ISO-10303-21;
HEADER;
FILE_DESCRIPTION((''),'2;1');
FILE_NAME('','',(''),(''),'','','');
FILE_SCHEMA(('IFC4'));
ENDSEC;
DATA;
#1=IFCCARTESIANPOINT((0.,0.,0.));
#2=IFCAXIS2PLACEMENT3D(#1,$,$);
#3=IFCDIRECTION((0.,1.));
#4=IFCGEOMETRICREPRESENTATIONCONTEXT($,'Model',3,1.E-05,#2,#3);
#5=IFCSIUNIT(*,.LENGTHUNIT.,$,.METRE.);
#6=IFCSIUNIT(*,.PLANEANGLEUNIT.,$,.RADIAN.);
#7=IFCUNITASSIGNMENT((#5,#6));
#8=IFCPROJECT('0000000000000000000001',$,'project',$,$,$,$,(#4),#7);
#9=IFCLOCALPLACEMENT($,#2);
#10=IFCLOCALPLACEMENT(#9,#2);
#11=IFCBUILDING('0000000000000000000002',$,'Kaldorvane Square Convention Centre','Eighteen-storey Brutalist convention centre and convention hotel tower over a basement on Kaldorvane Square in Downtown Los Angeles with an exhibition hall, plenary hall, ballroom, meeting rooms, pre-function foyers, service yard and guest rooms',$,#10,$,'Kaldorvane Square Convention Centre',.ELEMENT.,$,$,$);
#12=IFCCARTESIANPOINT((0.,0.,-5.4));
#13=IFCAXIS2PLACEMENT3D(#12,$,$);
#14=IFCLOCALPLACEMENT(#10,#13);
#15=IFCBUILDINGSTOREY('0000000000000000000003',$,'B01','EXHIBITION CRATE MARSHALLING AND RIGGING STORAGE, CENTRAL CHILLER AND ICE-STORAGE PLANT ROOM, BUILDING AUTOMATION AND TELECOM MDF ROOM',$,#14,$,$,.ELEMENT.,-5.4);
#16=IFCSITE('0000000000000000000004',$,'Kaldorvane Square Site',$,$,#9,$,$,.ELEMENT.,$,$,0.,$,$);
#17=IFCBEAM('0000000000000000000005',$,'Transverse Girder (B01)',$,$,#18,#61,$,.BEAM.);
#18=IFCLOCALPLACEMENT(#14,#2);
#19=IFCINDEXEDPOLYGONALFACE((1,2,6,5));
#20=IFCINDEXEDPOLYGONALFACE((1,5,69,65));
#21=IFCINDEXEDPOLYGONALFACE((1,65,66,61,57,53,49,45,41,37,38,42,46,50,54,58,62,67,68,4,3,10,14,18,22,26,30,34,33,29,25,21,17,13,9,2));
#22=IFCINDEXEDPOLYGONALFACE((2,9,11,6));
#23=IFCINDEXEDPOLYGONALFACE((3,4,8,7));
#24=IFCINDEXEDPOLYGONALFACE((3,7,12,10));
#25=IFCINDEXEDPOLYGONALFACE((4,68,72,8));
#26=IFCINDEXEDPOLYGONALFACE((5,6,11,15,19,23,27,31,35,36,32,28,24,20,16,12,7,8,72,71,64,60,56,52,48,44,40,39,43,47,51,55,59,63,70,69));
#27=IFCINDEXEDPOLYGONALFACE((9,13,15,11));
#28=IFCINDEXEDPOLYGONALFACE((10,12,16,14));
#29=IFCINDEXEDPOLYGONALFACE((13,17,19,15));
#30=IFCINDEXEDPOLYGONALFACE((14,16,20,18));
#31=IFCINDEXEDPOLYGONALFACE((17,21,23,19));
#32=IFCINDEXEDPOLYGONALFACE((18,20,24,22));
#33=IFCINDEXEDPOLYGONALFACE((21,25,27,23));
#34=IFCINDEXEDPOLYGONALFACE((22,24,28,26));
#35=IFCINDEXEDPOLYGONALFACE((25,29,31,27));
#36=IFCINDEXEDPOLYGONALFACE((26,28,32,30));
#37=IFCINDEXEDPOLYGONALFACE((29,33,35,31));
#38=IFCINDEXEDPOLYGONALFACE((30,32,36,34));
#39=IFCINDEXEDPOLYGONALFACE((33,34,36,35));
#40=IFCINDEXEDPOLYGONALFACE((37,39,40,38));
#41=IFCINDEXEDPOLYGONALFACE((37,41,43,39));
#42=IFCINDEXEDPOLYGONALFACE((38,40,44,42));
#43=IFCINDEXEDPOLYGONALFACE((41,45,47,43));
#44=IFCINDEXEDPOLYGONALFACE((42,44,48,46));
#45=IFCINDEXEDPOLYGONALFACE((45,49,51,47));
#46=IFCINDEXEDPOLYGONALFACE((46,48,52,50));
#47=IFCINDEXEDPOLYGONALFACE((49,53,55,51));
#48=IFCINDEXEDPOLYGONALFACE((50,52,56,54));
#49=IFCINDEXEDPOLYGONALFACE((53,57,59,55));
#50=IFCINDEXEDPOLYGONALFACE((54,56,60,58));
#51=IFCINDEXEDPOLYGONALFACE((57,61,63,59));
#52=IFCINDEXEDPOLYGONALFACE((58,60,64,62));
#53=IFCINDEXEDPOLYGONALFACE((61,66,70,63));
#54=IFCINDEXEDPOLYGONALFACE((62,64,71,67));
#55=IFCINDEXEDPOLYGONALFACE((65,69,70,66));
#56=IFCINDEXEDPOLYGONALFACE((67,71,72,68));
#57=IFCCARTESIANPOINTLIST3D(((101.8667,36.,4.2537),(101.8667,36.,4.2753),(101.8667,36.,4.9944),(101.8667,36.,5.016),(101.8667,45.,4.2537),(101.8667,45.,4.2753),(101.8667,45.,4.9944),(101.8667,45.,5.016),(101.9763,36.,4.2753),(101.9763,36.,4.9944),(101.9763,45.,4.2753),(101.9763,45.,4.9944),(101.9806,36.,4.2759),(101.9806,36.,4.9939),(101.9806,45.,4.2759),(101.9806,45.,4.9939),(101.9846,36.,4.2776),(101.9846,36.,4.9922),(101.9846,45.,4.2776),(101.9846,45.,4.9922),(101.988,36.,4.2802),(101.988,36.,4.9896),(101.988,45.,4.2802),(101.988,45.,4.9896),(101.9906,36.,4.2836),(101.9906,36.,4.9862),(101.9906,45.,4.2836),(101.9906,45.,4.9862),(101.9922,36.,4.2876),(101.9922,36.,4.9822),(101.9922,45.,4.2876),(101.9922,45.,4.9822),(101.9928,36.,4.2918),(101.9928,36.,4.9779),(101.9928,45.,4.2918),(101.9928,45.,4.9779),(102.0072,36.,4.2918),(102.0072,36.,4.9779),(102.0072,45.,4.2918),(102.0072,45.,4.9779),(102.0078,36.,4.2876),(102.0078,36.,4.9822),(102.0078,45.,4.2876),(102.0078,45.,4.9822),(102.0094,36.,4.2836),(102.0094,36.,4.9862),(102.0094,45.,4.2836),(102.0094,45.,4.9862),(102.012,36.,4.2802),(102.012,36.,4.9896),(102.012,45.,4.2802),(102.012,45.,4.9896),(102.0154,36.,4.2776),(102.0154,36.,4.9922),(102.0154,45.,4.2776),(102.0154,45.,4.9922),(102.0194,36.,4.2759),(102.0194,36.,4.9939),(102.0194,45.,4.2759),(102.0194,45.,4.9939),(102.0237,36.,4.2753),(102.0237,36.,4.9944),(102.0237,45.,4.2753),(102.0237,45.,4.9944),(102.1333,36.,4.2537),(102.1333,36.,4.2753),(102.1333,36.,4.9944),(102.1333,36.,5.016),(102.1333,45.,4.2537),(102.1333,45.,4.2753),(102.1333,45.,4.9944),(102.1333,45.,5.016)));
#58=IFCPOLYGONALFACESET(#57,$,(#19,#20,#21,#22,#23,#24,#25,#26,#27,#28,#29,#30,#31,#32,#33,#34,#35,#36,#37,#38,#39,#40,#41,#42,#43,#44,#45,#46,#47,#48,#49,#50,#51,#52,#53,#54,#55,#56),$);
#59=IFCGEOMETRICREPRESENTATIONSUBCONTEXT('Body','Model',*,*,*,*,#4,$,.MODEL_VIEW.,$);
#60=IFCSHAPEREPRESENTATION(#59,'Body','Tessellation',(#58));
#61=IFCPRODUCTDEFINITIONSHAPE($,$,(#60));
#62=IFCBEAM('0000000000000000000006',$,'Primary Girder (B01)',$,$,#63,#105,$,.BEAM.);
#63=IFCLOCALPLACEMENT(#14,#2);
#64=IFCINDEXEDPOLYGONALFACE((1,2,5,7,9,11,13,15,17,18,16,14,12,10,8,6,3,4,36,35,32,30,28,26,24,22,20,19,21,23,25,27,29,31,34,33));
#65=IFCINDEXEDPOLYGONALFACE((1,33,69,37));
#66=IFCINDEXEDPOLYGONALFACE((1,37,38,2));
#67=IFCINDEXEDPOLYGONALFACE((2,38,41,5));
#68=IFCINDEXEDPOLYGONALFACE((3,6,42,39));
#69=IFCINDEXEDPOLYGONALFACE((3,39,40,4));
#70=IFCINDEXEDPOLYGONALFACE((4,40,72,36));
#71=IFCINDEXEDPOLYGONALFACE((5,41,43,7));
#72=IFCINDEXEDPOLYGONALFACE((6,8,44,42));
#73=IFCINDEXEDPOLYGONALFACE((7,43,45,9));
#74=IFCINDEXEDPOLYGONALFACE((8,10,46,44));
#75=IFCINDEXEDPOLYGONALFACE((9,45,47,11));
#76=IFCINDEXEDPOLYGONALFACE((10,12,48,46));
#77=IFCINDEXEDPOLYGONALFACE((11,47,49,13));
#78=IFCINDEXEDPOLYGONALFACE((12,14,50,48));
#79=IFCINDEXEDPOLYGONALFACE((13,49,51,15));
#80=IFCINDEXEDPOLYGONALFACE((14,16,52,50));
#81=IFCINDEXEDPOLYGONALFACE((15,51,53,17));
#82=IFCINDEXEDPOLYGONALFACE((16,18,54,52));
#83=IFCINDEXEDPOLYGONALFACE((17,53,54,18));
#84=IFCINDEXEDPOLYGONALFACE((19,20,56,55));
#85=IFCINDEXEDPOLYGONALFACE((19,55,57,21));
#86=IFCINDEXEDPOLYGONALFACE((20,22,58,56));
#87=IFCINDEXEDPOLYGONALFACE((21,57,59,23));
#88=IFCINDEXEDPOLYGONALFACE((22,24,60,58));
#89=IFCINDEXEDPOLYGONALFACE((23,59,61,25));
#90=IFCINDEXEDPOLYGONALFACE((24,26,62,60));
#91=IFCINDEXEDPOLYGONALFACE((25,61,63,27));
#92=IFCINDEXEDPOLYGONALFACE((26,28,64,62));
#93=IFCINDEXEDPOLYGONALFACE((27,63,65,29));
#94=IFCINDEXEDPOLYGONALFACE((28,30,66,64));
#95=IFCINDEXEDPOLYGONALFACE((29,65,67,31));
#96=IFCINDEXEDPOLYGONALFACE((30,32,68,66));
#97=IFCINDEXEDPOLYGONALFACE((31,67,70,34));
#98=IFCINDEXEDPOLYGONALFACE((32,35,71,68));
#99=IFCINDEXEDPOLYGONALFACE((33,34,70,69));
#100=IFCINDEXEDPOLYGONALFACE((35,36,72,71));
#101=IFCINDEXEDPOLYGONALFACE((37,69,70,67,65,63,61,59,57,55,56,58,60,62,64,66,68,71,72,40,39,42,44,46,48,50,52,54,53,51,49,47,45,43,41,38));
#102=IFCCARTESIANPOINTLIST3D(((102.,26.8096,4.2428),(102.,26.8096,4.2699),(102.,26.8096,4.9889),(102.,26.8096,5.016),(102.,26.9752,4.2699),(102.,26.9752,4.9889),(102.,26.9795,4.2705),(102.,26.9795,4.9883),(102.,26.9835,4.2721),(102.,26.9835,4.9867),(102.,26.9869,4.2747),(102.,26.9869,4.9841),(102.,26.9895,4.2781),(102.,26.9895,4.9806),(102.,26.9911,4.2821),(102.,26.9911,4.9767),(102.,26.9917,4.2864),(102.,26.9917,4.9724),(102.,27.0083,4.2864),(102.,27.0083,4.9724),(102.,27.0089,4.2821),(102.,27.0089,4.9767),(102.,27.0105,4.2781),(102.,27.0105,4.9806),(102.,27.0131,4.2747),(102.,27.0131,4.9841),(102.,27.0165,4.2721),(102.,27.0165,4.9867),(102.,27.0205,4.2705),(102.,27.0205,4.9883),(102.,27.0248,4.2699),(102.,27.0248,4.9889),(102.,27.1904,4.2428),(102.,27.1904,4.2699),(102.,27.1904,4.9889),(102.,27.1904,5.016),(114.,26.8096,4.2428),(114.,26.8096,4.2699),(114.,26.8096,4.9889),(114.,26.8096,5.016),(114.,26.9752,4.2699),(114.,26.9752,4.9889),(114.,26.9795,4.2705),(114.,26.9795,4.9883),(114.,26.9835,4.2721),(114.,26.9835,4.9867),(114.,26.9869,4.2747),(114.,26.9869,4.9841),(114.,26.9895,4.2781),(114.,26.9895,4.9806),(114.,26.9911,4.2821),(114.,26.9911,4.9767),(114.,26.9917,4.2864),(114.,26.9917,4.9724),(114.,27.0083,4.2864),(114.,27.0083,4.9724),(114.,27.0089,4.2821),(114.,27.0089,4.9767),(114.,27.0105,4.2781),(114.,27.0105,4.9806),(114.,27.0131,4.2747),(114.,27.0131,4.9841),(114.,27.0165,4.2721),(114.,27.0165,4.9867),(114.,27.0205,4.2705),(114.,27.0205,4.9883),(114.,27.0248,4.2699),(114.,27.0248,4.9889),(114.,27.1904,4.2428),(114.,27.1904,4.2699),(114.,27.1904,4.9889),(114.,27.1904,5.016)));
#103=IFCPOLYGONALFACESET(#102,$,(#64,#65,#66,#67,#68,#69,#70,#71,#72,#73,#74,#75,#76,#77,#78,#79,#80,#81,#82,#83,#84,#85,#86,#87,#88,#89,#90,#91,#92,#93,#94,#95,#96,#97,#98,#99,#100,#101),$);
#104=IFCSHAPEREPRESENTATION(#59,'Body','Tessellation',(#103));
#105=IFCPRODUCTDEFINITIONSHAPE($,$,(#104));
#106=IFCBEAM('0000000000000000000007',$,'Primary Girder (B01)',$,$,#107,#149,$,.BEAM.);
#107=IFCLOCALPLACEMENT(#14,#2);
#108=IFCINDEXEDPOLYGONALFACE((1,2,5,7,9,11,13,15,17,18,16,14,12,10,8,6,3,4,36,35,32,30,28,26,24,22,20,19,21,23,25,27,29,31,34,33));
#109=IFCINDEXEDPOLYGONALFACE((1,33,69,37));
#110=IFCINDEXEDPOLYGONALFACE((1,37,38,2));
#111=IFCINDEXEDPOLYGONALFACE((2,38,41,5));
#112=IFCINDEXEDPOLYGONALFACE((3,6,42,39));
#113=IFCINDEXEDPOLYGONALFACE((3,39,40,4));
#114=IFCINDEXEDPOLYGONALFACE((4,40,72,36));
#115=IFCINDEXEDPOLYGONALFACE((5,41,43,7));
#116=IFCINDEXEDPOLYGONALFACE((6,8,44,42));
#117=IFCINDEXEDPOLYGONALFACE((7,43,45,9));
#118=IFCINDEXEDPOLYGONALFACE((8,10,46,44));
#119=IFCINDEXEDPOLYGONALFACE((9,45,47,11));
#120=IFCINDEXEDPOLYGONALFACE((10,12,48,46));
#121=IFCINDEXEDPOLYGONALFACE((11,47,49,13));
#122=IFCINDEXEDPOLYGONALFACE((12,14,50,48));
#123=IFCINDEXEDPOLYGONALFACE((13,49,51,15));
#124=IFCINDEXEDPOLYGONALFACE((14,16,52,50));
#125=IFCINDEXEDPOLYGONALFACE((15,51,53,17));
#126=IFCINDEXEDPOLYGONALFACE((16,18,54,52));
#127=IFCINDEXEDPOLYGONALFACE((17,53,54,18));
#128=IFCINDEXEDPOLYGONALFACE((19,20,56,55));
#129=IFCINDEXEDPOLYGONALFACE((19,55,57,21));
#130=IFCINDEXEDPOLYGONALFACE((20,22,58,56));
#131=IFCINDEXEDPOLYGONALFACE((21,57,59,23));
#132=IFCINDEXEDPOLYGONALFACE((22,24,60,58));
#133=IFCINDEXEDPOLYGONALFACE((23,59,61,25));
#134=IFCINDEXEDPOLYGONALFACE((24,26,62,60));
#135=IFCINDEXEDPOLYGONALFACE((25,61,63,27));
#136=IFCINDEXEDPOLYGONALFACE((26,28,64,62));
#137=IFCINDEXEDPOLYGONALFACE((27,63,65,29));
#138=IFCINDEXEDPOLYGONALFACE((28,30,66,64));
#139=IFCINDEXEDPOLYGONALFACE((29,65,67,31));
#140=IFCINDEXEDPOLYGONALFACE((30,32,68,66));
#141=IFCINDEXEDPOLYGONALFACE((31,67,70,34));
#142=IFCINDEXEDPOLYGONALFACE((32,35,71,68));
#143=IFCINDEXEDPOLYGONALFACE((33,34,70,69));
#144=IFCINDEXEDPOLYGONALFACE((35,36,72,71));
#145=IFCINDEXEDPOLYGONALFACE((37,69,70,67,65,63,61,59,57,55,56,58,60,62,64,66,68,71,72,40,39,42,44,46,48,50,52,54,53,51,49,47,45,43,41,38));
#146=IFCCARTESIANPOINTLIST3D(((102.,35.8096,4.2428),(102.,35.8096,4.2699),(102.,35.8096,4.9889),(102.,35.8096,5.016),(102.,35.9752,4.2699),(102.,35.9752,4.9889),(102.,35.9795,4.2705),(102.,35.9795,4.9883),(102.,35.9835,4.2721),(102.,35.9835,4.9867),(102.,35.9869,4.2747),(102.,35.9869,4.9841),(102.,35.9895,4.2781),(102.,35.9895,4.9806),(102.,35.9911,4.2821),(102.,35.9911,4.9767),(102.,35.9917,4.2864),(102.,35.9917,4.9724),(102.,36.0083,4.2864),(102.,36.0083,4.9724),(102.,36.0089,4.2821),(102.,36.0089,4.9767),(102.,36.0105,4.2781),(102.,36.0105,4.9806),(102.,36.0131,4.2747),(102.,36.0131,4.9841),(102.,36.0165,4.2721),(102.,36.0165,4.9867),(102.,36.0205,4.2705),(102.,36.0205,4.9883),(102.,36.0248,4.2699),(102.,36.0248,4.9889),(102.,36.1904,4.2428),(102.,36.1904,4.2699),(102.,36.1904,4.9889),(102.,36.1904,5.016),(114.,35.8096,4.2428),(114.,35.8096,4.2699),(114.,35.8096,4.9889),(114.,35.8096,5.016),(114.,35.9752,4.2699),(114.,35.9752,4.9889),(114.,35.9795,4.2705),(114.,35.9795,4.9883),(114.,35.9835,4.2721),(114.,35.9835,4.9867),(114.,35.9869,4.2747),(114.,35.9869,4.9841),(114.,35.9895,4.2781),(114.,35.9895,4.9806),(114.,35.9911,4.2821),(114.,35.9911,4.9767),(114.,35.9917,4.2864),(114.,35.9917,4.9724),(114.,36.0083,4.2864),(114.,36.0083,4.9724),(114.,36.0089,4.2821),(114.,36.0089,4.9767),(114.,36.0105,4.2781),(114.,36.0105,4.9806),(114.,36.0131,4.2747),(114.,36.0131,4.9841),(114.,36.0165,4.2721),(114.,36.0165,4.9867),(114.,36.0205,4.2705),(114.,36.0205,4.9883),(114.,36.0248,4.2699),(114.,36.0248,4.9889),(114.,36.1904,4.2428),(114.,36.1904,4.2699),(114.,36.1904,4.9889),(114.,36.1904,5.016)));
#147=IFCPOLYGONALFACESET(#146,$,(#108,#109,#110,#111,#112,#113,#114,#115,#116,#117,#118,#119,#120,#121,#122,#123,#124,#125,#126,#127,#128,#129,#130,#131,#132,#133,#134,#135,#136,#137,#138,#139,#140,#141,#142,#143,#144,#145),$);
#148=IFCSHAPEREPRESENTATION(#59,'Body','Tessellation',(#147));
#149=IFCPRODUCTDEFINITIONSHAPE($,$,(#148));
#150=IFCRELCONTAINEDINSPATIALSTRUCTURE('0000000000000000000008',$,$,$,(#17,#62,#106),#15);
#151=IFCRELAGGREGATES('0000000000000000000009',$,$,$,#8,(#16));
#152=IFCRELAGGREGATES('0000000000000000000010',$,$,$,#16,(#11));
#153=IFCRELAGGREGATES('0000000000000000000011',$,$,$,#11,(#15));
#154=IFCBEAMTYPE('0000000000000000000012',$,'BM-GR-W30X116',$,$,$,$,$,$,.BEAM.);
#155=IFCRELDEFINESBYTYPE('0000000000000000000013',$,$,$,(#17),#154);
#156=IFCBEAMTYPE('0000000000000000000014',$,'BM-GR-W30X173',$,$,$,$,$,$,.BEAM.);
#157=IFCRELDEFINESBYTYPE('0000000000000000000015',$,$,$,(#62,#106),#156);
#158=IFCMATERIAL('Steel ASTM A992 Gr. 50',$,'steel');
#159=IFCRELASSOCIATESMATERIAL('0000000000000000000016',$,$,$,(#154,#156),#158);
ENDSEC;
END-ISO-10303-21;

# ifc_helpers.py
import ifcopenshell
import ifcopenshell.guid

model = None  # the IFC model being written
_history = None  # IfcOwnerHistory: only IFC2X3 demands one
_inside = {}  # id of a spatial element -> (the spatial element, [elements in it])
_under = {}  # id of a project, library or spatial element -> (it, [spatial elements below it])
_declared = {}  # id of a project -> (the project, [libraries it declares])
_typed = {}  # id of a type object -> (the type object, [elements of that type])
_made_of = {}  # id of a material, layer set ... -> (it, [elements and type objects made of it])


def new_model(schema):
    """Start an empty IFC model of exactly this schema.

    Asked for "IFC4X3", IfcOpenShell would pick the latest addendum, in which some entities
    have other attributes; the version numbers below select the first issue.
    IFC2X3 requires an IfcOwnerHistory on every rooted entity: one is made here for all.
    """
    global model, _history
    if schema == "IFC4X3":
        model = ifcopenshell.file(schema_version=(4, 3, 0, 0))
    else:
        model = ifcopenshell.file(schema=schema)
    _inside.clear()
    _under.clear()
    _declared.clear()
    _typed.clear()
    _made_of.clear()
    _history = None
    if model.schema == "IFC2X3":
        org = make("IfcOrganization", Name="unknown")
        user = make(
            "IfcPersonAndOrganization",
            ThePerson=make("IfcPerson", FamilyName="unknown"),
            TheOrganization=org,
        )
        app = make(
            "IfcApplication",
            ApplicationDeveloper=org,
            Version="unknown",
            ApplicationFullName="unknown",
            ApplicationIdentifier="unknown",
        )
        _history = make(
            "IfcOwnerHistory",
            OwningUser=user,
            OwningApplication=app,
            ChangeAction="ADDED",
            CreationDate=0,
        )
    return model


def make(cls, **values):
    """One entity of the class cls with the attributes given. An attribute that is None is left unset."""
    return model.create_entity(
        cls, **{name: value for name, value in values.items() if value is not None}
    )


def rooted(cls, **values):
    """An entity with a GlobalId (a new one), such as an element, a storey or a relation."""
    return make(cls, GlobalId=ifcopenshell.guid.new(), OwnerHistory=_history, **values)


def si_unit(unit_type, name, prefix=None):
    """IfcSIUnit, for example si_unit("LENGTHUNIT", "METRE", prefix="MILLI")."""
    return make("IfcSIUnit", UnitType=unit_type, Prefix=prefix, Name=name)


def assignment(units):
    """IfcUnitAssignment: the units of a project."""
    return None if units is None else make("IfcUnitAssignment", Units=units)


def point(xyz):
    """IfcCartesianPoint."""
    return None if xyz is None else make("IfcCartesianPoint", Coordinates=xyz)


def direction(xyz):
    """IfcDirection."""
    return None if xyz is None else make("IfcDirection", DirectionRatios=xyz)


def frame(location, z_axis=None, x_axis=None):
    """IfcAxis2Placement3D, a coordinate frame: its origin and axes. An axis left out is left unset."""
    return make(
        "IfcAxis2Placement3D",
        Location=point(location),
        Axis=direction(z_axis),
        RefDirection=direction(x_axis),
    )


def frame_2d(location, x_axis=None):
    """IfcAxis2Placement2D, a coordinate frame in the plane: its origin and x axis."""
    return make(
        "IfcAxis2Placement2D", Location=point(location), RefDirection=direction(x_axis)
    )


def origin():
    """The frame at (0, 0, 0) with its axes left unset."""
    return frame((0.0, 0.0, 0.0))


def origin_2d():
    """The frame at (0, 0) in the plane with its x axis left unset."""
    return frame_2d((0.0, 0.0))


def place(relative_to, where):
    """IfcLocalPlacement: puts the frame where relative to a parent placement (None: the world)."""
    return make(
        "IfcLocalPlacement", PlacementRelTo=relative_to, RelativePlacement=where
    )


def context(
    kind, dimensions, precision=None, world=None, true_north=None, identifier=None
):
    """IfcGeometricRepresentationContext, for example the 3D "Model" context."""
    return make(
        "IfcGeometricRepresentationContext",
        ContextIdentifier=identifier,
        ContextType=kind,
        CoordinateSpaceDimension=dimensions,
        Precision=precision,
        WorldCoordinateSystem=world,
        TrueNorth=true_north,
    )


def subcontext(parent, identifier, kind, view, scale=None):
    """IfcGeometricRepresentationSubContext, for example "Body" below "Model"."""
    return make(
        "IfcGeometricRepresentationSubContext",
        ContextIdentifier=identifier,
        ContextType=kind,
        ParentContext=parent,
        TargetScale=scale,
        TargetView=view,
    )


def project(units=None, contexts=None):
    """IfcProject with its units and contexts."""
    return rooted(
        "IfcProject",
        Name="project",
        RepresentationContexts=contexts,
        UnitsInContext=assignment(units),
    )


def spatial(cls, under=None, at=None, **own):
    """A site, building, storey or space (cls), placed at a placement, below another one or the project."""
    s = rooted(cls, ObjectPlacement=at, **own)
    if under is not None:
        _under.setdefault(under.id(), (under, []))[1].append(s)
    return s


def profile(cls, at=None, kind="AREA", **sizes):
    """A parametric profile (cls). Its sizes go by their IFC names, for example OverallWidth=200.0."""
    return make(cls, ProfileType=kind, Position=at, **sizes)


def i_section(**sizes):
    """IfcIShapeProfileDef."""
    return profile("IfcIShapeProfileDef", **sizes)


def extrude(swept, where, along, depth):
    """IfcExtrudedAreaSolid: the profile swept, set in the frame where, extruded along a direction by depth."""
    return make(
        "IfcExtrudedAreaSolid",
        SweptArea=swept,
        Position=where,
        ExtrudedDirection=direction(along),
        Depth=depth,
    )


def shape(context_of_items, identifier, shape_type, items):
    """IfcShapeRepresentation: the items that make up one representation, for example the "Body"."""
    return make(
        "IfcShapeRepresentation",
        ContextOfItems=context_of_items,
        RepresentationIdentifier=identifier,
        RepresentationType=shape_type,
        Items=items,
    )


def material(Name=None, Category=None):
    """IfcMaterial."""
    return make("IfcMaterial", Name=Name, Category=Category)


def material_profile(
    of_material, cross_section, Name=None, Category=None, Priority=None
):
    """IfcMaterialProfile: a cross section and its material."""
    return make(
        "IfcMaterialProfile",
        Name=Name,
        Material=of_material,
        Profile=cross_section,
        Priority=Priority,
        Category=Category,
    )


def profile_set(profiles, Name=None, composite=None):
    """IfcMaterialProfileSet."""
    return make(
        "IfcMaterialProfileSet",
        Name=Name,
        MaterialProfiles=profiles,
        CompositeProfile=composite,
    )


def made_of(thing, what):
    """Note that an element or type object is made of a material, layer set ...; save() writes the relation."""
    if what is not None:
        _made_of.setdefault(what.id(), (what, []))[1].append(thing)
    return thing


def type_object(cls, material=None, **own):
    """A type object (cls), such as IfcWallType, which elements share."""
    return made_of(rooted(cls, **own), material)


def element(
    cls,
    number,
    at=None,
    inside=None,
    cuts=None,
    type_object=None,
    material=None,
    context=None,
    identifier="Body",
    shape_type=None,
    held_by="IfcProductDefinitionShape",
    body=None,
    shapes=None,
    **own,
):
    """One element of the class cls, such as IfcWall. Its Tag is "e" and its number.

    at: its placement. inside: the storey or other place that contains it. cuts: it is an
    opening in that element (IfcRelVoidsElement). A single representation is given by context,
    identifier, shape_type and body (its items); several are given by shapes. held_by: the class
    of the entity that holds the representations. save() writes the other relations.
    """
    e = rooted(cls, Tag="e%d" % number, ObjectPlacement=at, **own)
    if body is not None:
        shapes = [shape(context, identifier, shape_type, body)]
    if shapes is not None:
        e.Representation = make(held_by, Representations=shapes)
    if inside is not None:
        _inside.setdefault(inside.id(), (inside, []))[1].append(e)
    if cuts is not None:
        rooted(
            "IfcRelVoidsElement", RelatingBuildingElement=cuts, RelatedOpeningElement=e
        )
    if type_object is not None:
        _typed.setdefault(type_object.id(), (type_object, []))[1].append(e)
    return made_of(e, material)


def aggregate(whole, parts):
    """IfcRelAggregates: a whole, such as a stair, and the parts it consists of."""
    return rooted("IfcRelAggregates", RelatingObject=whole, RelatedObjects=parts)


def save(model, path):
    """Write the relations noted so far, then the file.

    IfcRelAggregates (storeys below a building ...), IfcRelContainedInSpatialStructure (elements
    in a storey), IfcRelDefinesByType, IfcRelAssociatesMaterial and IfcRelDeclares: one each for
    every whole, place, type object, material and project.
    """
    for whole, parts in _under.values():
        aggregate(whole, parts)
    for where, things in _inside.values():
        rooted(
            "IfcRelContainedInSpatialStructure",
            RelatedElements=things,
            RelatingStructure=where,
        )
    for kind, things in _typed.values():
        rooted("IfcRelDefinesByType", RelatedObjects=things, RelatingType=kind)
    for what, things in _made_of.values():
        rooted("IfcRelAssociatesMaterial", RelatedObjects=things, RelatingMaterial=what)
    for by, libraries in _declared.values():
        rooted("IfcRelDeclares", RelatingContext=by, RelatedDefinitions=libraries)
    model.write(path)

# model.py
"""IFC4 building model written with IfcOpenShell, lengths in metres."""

from ifc_helpers import new_model, si_unit, direction, frame, origin, origin_2d, place, context, subcontext, project, spatial, i_section, extrude, material, material_profile, profile_set, type_object, element, save


model = new_model("IFC4")

# Units and contexts
model_context = context("Model", 3, precision=1e-05, world=origin(), true_north=direction((0.0, 1.0)))
body_context = subcontext(model_context, "Body", "Model", "MODEL_VIEW")
ifc_project = project(units=[si_unit("LENGTHUNIT", "METRE"), si_unit("PLANEANGLEUNIT", "RADIAN")], contexts=[model_context])

# Site, building, storey
site_placement = place(None, origin())
site = spatial("IfcSite", under=ifc_project, at=site_placement, Name="Kaldorvane Square Site", CompositionType="ELEMENT", RefElevation=0.0)
building_placement = place(site_placement, origin())
building = spatial("IfcBuilding", under=site, at=building_placement, Name="Kaldorvane Square Convention Centre", Description="Eighteen-storey Brutalist convention centre and convention hotel tower over a basement on Kaldorvane Square in Downtown Los Angeles with an exhibition hall, plenary hall, ballroom, meeting rooms, pre-function foyers, service yard and guest rooms", LongName="Kaldorvane Square Convention Centre", CompositionType="ELEMENT")
storey_placement = place(building_placement, frame((0.0, 0.0, -5.4)))
storey = spatial("IfcBuildingStorey", under=building, at=storey_placement, Name="B01", Description="EXHIBITION CRATE MARSHALLING AND RIGGING STORAGE, CENTRAL CHILLER AND ICE-STORAGE PLANT ROOM, BUILDING AUTOMATION AND TELECOM MDF ROOM", CompositionType="ELEMENT", Elevation=-5.4)

# Shared definitions
ifc_material_1 = material(Name="Steel ASTM A992 Gr. 50", Category="steel")

# Beams
ifc_material_profile_1 = material_profile(ifc_material_1, i_section(OverallWidth=0.2666, OverallDepth=0.7623, WebThickness=0.0144, FlangeThickness=0.0216, FilletRadius=0.0165, at=origin_2d()), Name="W30X116")
ifc_profile_set_1 = profile_set([ifc_material_profile_1], Name="Steel ASTM A992 Gr. 50")
beam_type_1 = type_object("IfcBeamType", Name="BM-GR-W30X116", PredefinedType="BEAM", material=ifc_profile_set_1)
for number, where, z_axis, x_axis, name in (
    (1, (102.0, 36.0, 4.6349), (0.0, 1.0, 0.0), (-1.0, 0.0, 0.0), "Transverse Girder (B01)"),
):
    element("IfcBeam", number, at=place(storey_placement, frame(where, z_axis=z_axis, x_axis=x_axis)), inside=storey, type_object=beam_type_1, Name=name, PredefinedType="BEAM", context=body_context, shape_type="SweptSolid", body=[
        extrude(i_section(OverallWidth=0.2666, OverallDepth=0.7623, WebThickness=0.0144, FlangeThickness=0.0216, FilletRadius=0.0165, at=origin_2d()), origin(), (0.0, 0.0, 1.0), 9.0),
    ])
ifc_material_profile_2 = material_profile(ifc_material_1, i_section(OverallWidth=0.3807, OverallDepth=0.7732, WebThickness=0.0166, FlangeThickness=0.0271, FilletRadius=0.0165, at=origin_2d()), Name="W30X173")
ifc_profile_set_2 = profile_set([ifc_material_profile_2], Name="Steel ASTM A992 Gr. 50")
beam_type_2 = type_object("IfcBeamType", Name="BM-GR-W30X173", PredefinedType="BEAM", material=ifc_profile_set_2)
for number, where, z_axis, x_axis, name in (
    (2, (102.0, 27.0, 4.6294), (1.0, 0.0, 0.0), (0.0, 1.0, 0.0), "Primary Girder (B01)"),
    (3, (102.0, 36.0, 4.6294), (1.0, 0.0, 0.0), (0.0, 1.0, 0.0), "Primary Girder (B01)"),
):
    element("IfcBeam", number, at=place(storey_placement, frame(where, z_axis=z_axis, x_axis=x_axis)), inside=storey, type_object=beam_type_2, Name=name, PredefinedType="BEAM", context=body_context, shape_type="SweptSolid", body=[
        extrude(i_section(OverallWidth=0.3807, OverallDepth=0.7732, WebThickness=0.0166, FlangeThickness=0.0271, FilletRadius=0.0165, at=origin_2d()), origin(), (0.0, 0.0, 1.0), 12.0),
    ])

save(model, "model.ifc")
